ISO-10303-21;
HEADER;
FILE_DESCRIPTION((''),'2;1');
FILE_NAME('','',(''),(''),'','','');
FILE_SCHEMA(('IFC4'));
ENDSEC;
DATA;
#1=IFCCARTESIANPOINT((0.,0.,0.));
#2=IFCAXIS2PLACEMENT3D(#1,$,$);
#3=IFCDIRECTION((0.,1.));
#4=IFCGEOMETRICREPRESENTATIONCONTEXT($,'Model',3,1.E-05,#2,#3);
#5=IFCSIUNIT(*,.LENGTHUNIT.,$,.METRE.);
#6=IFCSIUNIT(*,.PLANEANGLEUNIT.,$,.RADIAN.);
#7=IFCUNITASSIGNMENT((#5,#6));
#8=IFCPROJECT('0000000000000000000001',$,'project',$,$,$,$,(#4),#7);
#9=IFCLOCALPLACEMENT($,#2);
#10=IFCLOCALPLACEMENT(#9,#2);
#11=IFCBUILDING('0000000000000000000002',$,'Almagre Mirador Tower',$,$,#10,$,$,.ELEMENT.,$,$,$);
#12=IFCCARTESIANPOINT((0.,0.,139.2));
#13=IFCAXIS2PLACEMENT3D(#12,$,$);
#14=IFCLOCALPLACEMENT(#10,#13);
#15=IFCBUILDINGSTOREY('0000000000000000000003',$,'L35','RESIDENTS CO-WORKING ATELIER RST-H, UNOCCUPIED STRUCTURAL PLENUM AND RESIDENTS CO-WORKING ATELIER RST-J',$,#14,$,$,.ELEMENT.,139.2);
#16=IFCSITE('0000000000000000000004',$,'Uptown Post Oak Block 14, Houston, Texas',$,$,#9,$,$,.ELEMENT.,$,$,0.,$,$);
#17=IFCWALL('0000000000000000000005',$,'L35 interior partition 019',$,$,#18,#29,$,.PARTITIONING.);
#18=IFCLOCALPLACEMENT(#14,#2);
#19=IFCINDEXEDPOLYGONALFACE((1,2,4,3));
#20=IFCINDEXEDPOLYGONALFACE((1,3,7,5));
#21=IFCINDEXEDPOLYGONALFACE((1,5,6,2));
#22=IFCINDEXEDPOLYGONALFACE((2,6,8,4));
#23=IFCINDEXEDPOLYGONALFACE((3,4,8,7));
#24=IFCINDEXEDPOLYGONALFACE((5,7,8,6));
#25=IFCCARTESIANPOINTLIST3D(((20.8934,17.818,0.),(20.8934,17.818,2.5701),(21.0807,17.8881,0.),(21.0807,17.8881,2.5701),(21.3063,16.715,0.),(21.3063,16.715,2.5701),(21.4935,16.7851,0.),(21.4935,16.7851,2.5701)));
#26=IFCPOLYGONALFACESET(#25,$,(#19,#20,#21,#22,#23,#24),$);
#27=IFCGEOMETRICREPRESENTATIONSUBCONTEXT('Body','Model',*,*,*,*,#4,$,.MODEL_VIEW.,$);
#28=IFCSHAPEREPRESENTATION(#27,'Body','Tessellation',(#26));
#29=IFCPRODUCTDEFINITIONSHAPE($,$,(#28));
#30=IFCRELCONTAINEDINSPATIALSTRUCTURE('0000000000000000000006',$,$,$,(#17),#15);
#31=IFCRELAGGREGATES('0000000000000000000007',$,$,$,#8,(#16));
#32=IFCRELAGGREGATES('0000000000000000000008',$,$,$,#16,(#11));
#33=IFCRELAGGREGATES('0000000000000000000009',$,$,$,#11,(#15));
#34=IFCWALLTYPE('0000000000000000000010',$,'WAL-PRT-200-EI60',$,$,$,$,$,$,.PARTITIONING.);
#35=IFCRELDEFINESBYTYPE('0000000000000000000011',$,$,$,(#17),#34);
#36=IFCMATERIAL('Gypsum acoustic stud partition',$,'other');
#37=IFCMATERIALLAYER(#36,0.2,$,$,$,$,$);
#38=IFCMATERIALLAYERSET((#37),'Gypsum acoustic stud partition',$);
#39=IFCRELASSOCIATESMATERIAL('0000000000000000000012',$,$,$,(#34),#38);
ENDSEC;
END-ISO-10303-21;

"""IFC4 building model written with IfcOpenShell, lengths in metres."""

from ifc_helpers import new_model, si_unit, direction, frame, frame_2d, origin, place, context, subcontext, project, spatial, rectangle, extrude, material, layer, layer_set, type_object, element, save


model = new_model("IFC4")

# Units and contexts
model_context = context("Model", 3, precision=1e-05, world=origin(), true_north=direction((0.0, 1.0)))
body_context = subcontext(model_context, "Body", "Model", "MODEL_VIEW")
ifc_project = project(units=[si_unit("LENGTHUNIT", "METRE"), si_unit("PLANEANGLEUNIT", "RADIAN")], contexts=[model_context])

# Site, building, storey
site_placement = place(None, origin())
site = spatial("IfcSite", under=ifc_project, at=site_placement, Name="Uptown Post Oak Block 14, Houston, Texas", CompositionType="ELEMENT", RefElevation=0.0)
building_placement = place(site_placement, origin())
building = spatial("IfcBuilding", under=site, at=building_placement, Name="Almagre Mirador Tower", CompositionType="ELEMENT")
storey_placement = place(building_placement, frame((0.0, 0.0, 139.2)))
storey = spatial("IfcBuildingStorey", under=building, at=storey_placement, Name="L35", Description="RESIDENTS CO-WORKING ATELIER RST-H, UNOCCUPIED STRUCTURAL PLENUM AND RESIDENTS CO-WORKING ATELIER RST-J", CompositionType="ELEMENT", Elevation=139.2)

# Shared definitions
ifc_material_1 = material(Name="Gypsum acoustic stud partition", Category="other")
ifc_layer_1 = layer(ifc_material_1, 0.2)
ifc_layer_set_1 = layer_set([ifc_layer_1], Name="Gypsum acoustic stud partition")
wall_type_1 = type_object("IfcWallType", Name="WAL-PRT-200-EI60", PredefinedType="PARTITIONING", material=ifc_layer_set_1)

# Wall
wall_1_placement = place(storey_placement, frame((20.9871, 17.853, 0.0), z_axis=(0.0, 0.0, 1.0), x_axis=(0.350533, -0.93655, 0.0)))
element("IfcWall", 1, at=wall_1_placement, inside=storey, type_object=wall_type_1, Name="L35 interior partition 019", PredefinedType="PARTITIONING", context=body_context, shape_type="SweptSolid", body=[
    extrude(rectangle(XDim=1.1777, YDim=0.2, at=frame_2d((0.5889, 0.0))), origin(), (0.0, 0.0, 1.0), 2.5701),
])

save(model, "model.ifc")
